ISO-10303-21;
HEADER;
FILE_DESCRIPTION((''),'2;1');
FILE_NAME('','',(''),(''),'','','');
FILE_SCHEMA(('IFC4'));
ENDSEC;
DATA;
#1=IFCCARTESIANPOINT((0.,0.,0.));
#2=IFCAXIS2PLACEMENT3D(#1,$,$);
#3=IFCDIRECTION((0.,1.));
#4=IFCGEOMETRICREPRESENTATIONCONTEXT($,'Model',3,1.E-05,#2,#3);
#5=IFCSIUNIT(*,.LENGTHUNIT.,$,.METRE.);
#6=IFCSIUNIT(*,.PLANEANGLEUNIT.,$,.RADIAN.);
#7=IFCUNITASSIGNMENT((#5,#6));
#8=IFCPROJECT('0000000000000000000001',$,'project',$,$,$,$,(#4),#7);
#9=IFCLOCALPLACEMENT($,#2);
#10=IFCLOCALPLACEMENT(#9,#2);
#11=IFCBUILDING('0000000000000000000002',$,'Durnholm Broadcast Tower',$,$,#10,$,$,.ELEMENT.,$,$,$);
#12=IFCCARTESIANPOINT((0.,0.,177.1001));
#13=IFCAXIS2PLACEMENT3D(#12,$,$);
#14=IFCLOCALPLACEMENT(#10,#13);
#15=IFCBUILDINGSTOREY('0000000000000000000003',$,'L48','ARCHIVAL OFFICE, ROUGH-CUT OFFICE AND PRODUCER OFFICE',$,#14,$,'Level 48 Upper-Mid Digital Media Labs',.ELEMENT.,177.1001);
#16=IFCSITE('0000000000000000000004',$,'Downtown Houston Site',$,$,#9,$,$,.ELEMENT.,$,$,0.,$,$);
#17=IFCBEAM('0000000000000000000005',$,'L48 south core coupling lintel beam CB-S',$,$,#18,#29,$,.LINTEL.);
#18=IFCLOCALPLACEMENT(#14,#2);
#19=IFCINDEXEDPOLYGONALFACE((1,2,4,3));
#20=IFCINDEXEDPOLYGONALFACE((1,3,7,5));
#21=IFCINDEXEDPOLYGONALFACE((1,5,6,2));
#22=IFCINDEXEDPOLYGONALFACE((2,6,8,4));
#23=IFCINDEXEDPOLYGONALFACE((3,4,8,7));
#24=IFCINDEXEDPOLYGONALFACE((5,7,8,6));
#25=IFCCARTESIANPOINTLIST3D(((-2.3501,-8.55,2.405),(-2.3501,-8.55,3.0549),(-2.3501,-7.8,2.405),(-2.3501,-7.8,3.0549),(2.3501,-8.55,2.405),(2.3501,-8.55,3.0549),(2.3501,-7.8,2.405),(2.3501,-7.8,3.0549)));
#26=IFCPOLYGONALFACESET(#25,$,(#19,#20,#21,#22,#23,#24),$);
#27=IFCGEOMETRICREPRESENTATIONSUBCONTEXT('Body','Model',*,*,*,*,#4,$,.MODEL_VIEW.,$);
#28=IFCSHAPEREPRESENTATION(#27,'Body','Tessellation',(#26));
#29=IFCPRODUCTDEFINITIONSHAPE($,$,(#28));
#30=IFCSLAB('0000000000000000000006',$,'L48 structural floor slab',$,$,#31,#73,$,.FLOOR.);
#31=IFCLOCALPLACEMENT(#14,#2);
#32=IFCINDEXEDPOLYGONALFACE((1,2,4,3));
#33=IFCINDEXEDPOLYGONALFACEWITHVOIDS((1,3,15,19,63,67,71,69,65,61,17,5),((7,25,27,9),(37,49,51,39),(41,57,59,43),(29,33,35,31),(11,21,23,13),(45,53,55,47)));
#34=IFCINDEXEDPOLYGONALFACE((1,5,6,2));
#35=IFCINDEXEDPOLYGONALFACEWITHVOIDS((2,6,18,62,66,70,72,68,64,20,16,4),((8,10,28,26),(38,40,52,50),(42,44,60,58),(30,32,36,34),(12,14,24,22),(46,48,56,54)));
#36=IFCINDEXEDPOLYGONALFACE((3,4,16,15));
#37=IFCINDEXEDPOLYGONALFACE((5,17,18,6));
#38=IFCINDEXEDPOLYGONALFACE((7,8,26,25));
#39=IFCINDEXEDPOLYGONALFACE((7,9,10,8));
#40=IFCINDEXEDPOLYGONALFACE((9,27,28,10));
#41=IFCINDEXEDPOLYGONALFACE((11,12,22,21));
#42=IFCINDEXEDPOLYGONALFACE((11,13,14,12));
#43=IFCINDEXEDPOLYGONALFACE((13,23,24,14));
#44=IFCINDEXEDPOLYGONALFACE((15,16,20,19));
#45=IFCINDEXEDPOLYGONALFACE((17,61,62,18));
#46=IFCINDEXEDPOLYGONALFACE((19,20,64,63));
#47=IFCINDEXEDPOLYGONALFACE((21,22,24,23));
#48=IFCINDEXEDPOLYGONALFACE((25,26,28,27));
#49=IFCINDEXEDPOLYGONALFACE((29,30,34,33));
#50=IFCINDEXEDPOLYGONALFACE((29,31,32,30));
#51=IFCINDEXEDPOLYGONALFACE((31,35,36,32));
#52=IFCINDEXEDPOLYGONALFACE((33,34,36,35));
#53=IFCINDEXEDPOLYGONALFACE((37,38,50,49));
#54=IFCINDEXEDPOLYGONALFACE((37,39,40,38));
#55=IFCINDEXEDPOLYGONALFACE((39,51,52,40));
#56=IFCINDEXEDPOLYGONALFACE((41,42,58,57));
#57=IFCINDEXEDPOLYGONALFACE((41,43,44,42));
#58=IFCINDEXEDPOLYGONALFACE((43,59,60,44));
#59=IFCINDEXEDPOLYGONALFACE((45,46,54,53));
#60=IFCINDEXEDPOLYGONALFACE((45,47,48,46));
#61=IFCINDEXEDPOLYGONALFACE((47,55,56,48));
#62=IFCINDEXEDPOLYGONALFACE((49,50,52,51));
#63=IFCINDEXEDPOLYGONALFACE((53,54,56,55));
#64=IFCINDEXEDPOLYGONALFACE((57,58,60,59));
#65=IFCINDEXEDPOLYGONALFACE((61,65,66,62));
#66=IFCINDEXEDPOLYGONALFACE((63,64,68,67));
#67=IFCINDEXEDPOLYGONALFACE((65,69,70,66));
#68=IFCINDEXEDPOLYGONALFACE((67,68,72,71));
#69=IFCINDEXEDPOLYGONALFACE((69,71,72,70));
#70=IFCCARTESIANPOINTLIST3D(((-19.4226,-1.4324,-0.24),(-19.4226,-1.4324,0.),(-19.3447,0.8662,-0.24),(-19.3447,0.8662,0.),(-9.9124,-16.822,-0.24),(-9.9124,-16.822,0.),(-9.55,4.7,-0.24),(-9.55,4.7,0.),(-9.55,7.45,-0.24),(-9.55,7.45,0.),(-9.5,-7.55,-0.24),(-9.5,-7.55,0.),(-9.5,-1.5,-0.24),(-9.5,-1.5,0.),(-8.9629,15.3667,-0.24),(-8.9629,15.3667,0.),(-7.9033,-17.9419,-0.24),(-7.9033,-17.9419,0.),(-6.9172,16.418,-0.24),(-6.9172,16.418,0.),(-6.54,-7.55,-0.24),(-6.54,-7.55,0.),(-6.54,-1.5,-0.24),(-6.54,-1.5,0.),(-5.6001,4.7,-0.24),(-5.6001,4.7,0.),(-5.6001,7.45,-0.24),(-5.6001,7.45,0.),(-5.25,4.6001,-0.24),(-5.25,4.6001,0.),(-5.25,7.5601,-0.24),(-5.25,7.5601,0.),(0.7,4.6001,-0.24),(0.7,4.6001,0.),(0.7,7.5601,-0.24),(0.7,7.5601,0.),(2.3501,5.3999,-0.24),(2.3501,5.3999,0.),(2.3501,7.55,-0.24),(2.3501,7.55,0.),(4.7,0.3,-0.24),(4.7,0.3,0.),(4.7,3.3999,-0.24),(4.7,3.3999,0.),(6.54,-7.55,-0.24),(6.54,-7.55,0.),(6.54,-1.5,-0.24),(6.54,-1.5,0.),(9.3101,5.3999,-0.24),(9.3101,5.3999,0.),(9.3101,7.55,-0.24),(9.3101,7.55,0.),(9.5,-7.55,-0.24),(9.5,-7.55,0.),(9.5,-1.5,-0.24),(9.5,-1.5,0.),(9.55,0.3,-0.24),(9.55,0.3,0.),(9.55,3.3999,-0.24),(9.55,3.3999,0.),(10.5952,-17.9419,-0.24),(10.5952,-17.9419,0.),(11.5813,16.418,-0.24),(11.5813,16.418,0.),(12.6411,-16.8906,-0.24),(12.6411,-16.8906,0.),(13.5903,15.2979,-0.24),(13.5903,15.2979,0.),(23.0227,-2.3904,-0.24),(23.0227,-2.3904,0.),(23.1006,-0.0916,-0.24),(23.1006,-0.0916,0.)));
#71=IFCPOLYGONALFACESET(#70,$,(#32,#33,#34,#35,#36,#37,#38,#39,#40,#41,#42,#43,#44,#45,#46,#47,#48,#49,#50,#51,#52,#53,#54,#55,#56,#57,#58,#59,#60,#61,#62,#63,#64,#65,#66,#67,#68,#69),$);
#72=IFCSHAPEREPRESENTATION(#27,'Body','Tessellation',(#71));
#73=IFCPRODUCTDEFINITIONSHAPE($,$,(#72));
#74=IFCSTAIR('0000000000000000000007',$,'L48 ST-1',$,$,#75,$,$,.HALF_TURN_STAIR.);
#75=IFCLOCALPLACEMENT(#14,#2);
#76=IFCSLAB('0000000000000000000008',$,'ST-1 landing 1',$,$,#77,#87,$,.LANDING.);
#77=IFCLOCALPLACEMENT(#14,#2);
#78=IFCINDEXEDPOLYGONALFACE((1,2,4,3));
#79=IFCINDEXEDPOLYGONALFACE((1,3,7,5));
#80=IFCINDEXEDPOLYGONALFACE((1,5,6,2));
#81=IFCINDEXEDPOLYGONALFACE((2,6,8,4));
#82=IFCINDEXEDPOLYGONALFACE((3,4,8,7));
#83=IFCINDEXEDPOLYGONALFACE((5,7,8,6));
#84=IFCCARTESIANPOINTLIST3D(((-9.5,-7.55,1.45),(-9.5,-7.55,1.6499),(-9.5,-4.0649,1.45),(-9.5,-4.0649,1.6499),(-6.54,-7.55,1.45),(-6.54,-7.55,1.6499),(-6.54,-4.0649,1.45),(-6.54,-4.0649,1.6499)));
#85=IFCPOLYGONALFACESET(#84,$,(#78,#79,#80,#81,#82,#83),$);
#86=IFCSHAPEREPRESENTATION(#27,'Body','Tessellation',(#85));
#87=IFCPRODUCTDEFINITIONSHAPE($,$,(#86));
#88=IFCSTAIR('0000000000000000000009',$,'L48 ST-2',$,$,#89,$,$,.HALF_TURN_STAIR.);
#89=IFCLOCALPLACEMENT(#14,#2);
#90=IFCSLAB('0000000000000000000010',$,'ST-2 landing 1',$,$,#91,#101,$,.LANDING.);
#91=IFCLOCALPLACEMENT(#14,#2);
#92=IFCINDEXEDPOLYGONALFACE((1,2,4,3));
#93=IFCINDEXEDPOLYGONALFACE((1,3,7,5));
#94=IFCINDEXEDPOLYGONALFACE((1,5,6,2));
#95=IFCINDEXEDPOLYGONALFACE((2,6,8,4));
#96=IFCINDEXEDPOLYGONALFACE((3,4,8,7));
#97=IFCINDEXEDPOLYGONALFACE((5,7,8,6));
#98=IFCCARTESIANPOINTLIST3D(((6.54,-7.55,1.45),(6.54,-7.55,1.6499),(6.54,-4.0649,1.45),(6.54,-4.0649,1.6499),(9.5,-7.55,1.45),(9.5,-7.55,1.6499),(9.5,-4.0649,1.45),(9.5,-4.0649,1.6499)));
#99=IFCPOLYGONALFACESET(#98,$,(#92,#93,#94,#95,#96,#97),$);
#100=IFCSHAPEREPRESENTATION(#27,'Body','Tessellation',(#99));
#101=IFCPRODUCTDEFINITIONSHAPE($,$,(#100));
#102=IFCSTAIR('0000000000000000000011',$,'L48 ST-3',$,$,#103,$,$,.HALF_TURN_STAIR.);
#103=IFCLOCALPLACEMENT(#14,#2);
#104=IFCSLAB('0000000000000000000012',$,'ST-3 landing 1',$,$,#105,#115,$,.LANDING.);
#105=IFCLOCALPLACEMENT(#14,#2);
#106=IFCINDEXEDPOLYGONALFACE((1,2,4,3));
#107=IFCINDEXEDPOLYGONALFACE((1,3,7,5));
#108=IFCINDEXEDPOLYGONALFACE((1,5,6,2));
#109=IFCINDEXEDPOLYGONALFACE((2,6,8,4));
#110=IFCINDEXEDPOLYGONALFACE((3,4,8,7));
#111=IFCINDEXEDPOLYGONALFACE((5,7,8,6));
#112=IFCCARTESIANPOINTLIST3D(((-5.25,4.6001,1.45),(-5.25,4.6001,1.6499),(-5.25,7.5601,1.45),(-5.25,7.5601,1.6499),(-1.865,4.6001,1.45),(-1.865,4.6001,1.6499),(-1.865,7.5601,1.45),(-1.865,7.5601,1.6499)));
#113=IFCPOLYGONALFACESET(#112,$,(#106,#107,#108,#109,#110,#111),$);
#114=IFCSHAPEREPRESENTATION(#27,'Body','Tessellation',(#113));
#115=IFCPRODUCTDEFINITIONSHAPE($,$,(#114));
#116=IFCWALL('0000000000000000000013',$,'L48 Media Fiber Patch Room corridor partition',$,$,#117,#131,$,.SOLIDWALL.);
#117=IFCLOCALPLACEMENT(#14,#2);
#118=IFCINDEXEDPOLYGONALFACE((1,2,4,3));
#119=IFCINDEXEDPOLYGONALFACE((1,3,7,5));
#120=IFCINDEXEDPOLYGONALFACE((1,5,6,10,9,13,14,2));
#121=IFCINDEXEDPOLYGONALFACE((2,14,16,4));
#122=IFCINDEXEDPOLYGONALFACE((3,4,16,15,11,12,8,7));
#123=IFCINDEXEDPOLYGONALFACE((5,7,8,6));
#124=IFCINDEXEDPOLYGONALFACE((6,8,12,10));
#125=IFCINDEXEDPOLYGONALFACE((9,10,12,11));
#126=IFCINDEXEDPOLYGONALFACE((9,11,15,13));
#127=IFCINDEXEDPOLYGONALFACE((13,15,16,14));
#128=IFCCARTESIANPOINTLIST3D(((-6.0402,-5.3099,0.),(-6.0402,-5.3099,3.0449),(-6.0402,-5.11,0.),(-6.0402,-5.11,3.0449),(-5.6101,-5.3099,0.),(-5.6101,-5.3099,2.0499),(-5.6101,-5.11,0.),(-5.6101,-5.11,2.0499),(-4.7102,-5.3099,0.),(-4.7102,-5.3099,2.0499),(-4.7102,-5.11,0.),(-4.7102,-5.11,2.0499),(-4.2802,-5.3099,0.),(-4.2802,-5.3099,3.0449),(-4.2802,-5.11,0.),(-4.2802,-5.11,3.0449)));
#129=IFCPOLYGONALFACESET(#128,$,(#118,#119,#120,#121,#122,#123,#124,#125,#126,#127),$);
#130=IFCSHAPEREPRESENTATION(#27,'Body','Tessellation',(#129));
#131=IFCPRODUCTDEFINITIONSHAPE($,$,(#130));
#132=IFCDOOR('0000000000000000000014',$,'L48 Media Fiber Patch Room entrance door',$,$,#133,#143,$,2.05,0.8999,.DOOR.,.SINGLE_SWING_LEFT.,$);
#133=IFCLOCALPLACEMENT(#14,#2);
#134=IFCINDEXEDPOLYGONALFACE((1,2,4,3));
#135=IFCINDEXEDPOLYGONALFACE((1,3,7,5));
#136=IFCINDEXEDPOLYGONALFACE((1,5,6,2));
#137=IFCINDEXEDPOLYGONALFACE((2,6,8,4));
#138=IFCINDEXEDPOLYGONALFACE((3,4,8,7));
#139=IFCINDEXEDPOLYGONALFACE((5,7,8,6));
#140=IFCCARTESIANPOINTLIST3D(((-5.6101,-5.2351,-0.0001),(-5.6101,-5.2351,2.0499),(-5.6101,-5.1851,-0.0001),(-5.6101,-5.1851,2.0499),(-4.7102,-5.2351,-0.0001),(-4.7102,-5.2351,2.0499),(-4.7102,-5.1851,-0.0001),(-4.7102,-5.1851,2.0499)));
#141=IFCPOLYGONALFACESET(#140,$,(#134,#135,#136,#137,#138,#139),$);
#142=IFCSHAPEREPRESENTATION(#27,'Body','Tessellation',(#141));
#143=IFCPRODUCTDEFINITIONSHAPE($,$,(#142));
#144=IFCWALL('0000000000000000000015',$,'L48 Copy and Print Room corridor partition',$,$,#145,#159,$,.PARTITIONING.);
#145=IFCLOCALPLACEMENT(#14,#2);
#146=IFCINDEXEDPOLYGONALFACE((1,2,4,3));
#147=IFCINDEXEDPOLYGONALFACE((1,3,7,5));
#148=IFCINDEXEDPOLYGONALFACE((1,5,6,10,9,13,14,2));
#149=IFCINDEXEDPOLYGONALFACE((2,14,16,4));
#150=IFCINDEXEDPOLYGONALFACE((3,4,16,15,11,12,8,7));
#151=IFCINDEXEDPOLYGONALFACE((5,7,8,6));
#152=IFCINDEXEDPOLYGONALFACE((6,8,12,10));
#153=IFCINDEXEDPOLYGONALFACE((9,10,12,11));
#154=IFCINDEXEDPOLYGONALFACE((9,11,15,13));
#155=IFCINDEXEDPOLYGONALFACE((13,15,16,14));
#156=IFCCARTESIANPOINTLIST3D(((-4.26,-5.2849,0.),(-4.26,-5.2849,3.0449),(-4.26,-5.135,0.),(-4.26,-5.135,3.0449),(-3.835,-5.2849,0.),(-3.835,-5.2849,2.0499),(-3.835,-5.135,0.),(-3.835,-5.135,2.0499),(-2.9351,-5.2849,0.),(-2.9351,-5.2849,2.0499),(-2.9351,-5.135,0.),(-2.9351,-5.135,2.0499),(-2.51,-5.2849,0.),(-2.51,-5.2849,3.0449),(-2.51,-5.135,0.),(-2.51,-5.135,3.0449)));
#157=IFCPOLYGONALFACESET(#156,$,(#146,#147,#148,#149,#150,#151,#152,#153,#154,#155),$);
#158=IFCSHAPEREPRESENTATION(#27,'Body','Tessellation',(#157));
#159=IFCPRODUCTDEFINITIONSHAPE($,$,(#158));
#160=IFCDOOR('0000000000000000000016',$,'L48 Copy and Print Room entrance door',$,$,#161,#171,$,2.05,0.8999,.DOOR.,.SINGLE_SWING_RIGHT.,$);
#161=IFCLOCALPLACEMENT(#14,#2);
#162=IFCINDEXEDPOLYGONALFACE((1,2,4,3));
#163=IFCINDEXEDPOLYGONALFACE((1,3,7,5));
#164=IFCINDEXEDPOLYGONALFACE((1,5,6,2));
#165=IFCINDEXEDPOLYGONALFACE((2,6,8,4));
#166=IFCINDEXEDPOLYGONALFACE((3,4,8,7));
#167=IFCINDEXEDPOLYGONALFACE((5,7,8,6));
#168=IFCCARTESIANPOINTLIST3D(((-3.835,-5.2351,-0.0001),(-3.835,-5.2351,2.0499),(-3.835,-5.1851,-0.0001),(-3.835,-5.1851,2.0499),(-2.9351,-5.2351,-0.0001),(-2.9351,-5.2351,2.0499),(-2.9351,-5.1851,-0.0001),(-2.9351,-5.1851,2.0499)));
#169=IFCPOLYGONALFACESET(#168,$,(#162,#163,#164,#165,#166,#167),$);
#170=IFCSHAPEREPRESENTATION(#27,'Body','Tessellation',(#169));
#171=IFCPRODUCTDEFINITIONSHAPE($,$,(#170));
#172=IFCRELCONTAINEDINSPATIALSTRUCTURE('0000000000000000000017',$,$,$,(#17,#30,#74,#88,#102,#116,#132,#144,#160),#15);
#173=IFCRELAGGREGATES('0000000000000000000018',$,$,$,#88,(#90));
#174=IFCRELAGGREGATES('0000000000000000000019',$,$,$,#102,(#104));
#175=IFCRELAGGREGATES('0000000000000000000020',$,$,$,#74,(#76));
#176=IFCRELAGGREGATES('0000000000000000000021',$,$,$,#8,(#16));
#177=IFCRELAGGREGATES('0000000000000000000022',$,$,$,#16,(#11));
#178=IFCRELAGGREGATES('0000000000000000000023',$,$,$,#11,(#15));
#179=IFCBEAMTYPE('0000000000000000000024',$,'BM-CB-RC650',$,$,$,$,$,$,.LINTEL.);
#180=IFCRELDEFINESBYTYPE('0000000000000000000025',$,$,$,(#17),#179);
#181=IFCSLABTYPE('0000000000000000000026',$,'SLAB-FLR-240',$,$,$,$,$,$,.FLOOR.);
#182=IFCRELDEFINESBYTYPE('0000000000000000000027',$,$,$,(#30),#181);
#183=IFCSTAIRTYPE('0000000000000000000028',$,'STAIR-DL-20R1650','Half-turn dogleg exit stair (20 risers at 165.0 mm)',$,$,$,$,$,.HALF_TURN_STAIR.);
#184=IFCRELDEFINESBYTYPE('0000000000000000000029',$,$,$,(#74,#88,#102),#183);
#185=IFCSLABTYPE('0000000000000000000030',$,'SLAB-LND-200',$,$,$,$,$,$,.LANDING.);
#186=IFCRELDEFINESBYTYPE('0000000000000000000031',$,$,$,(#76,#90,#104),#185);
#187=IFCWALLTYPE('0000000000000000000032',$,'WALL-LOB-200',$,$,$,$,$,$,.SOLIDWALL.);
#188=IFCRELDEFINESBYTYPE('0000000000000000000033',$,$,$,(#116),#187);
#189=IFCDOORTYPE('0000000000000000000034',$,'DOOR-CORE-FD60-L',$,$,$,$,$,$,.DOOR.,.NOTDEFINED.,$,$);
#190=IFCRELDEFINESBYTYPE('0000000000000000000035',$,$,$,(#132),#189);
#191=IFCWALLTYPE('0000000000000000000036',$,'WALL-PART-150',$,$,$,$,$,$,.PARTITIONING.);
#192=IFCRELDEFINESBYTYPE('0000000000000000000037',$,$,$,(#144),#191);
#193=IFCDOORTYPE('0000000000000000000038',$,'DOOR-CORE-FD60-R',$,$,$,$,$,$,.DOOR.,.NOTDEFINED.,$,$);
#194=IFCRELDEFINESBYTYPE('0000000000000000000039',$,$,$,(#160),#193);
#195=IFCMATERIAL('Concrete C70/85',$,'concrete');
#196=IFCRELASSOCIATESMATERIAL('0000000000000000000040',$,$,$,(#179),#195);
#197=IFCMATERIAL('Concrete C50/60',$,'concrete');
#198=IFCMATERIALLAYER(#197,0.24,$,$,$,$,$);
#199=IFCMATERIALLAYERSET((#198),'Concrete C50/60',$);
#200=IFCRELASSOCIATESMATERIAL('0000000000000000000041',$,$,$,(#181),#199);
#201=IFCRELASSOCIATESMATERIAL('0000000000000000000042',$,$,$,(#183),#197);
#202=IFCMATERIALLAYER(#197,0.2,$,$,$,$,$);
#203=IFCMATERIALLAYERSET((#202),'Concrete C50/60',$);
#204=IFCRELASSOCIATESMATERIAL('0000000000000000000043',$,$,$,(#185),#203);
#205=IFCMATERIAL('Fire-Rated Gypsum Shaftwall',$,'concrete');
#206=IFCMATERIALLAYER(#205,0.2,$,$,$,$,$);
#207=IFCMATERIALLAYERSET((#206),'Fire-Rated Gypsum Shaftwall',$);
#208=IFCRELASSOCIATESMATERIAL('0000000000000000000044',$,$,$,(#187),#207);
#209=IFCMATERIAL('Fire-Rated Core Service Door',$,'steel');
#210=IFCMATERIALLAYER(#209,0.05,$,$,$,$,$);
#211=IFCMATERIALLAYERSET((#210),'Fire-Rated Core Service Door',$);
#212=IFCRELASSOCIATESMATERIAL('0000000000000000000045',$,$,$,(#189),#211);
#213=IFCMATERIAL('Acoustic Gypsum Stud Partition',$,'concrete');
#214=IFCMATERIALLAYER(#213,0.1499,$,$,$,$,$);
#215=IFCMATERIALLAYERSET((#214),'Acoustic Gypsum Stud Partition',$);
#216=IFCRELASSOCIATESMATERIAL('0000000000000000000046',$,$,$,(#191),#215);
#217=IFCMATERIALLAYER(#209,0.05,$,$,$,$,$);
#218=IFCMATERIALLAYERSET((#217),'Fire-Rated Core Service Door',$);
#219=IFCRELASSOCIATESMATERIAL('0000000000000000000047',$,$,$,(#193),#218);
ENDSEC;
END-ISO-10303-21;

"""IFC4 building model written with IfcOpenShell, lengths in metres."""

from ifc_helpers import new_model, si_unit, direction, frame, frame_2d, origin, origin_2d, place, context, subcontext, project, spatial, polyline, rectangle, outline, extrude, source, transform, mapped, material, layer, layer_set, material_profile, profile_set, type_object, type_shapes, element, fill, aggregate, save


model = new_model("IFC4")

# Units and contexts
model_context = context("Model", 3, precision=1e-05, world=origin(), true_north=direction((0.0, 1.0)))
body_context = subcontext(model_context, "Body", "Model", "MODEL_VIEW")
ifc_project = project(units=[si_unit("LENGTHUNIT", "METRE"), si_unit("PLANEANGLEUNIT", "RADIAN")], contexts=[model_context])

# Site, building, storey
site_placement = place(None, origin())
site = spatial("IfcSite", under=ifc_project, at=site_placement, Name="Downtown Houston Site", CompositionType="ELEMENT", RefElevation=0.0)
building_placement = place(site_placement, origin())
building = spatial("IfcBuilding", under=site, at=building_placement, Name="Durnholm Broadcast Tower", CompositionType="ELEMENT")
storey_placement = place(building_placement, frame((0.0, 0.0, 177.1001)))
storey = spatial("IfcBuildingStorey", under=building, at=storey_placement, Name="L48", Description="ARCHIVAL OFFICE, ROUGH-CUT OFFICE AND PRODUCER OFFICE", LongName="Level 48 Upper-Mid Digital Media Labs", CompositionType="ELEMENT", Elevation=177.1001)

# Beam
ifc_material_1 = material(Name="Concrete C70/85", Category="concrete")
ifc_material_profile = material_profile(ifc_material_1, rectangle(XDim=0.75, YDim=0.6499, at=origin_2d()), Name="RC750X650")
ifc_profile_set = profile_set([ifc_material_profile], Name="Concrete C70/85")
beam_type = type_object("IfcBeamType", Name="BM-CB-RC650", PredefinedType="LINTEL", material=ifc_profile_set)
shared_shape_1 = source(origin(), body_context, "Body", "SweptSolid", [
    extrude(rectangle(XDim=0.75, YDim=0.6499, at=origin_2d()), origin(), (0.0, 0.0, 1.0), 4.7002),
])
type_shapes(beam_type, [shared_shape_1])
beam_placement = place(storey_placement, frame((-2.3501, -8.175, 2.73), z_axis=(1.0, 0.0, 0.0), x_axis=(0.0, 1.0, 0.0)))
element("IfcBeam", 1, at=beam_placement, inside=storey, type_object=beam_type, Name="L48 south core coupling lintel beam CB-S", PredefinedType="LINTEL", context=body_context, shape_type="MappedRepresentation", body=[
    mapped(shared_shape_1, transform((0.0, 0.0, 0.0), x_axis=(1.0, 0.0, 0.0), y_axis=(0.0, 1.0, 0.0), z_axis=(0.0, 0.0, 1.0), scale=1.0)),
])

# Slab
ifc_material_2 = material(Name="Concrete C50/60", Category="concrete")
ifc_layer_1 = layer(ifc_material_2, 0.24)
ifc_layer_set_1 = layer_set([ifc_layer_1], Name="Concrete C50/60")
slab_type_1 = type_object("IfcSlabType", Name="SLAB-FLR-240", PredefinedType="FLOOR", material=ifc_layer_set_1)
slab_1_placement = place(storey_placement, frame((0.0, 0.0, -0.24)))
element("IfcSlab", 2, at=slab_1_placement, inside=storey, type_object=slab_type_1, Name="L48 structural floor slab", PredefinedType="FLOOR", context=body_context, shape_type="SweptSolid", body=[
    extrude(outline(polyline([(-9.9124, -16.822), (-7.9033, -17.9419), (10.5952, -17.9419), (12.6411, -16.8906), (23.0227, -2.3904), (23.1006, -0.0916), (13.5903, 15.2979), (11.5813, 16.418), (-6.9172, 16.418), (-8.9629, 15.3667), (-19.3447, 0.8662), (-19.4226, -1.4324), (-9.9124, -16.822)]), holes=[polyline([(-6.54, -1.5), (-9.5, -1.5), (-9.5, -7.55), (-6.54, -7.55), (-6.54, -1.5)]), polyline([(9.5, -7.55), (9.5, -1.5), (6.54, -1.5), (6.54, -7.55), (9.5, -7.55)]), polyline([(9.55, 3.3999), (4.7, 3.3999), (4.7, 0.3), (9.55, 0.3), (9.55, 3.3999)]), polyline([(-9.55, 7.45), (-9.55, 4.7), (-5.6001, 4.7), (-5.6001, 7.45), (-9.55, 7.45)]), polyline([(-5.25, 4.6001), (0.7, 4.6001), (0.7, 7.5601), (-5.25, 7.5601), (-5.25, 4.6001)]), polyline([(9.3101, 7.55), (2.3501, 7.55), (2.3501, 5.3999), (9.3101, 5.3999), (9.3101, 7.55)])]), origin(), (0.0, 0.0, 1.0), 0.24),
])

# Stairs, slabs
stair_type = type_object("IfcStairType", Name="STAIR-DL-20R1650", Description="Half-turn dogleg exit stair (20 risers at 165.0 mm)", PredefinedType="HALF_TURN_STAIR", material=ifc_material_2)
stair_1_placement = place(storey_placement, origin())
stair_1 = element("IfcStair", 3, at=stair_1_placement, inside=storey, type_object=stair_type, Name="L48 ST-1", PredefinedType="HALF_TURN_STAIR")
ifc_layer_2 = layer(ifc_material_2, 0.2)
ifc_layer_set_2 = layer_set([ifc_layer_2], Name="Concrete C50/60")
slab_type_2 = type_object("IfcSlabType", Name="SLAB-LND-200", PredefinedType="LANDING", material=ifc_layer_set_2)
slab_2_placement = place(storey_placement, frame((0.0, 0.0, 1.45)))
slab_2 = element("IfcSlab", 4, at=slab_2_placement, type_object=slab_type_2, Name="ST-1 landing 1", PredefinedType="LANDING", context=body_context, shape_type="SweptSolid", body=[
    extrude(outline(polyline([(-9.5, -4.0649), (-9.5, -7.55), (-6.54, -7.55), (-6.54, -4.0649), (-9.5, -4.0649)])), origin(), (0.0, 0.0, 1.0), 0.2),
])
stair_2_placement = place(storey_placement, origin())
stair_2 = element("IfcStair", 5, at=stair_2_placement, inside=storey, type_object=stair_type, Name="L48 ST-2", PredefinedType="HALF_TURN_STAIR")
slab_3_placement = place(storey_placement, frame((0.0, 0.0, 1.45)))
slab_3 = element("IfcSlab", 6, at=slab_3_placement, type_object=slab_type_2, Name="ST-2 landing 1", PredefinedType="LANDING", context=body_context, shape_type="SweptSolid", body=[
    extrude(outline(polyline([(6.54, -4.0649), (6.54, -7.55), (9.5, -7.55), (9.5, -4.0649), (6.54, -4.0649)])), origin(), (0.0, 0.0, 1.0), 0.2),
])
aggregate(stair_2, [slab_3])
stair_3_placement = place(storey_placement, origin())
stair_3 = element("IfcStair", 7, at=stair_3_placement, inside=storey, type_object=stair_type, Name="L48 ST-3", PredefinedType="HALF_TURN_STAIR")
slab_4_placement = place(storey_placement, frame((0.0, 0.0, 1.45)))
slab_4 = element("IfcSlab", 8, at=slab_4_placement, type_object=slab_type_2, Name="ST-3 landing 1", PredefinedType="LANDING", context=body_context, shape_type="SweptSolid", body=[
    extrude(outline(polyline([(-1.865, 7.5601), (-5.25, 7.5601), (-5.25, 4.6001), (-1.865, 4.6001), (-1.865, 7.5601)])), origin(), (0.0, 0.0, 1.0), 0.2),
])
aggregate(stair_3, [slab_4])

# Walls, openings, doors
ifc_material_3 = material(Name="Fire-Rated Gypsum Shaftwall", Category="concrete")
ifc_layer_3 = layer(ifc_material_3, 0.2)
ifc_layer_set_3 = layer_set([ifc_layer_3], Name="Fire-Rated Gypsum Shaftwall")
wall_type_1 = type_object("IfcWallType", Name="WALL-LOB-200", PredefinedType="SOLIDWALL", material=ifc_layer_set_3)
wall_1_placement = place(storey_placement, frame((-6.04, -5.21, 0.0), z_axis=(0.0, 0.0, 1.0), x_axis=(1.0, 0.0, 0.0)))
wall_1 = element("IfcWall", 9, at=wall_1_placement, inside=storey, type_object=wall_type_1, Name="L48 Media Fiber Patch Room corridor partition", PredefinedType="SOLIDWALL", context=body_context, shape_type="SweptSolid", body=[
    extrude(rectangle(XDim=1.76, YDim=0.2, at=frame_2d((0.8799, 0.0))), origin(), (0.0, 0.0, 1.0), 3.0449),
])
opening_1_placement = place(wall_1_placement, frame((0.4299, 0.0, 0.0)))
opening_1 = element("IfcOpeningElement", 10, at=opening_1_placement, cuts=wall_1, PredefinedType="OPENING", context=body_context, shape_type="SweptSolid", body=[
    extrude(rectangle(XDim=0.8999, YDim=2.05, at=frame_2d((0.45, 1.0249))), frame((0.0, 0.1099, 0.0), z_axis=(0.0, -1.0, 0.0), x_axis=(1.0, 0.0, 0.0)), (0.0, 0.0, 1.0), 0.22),
])
ifc_material_4 = material(Name="Fire-Rated Core Service Door", Category="steel")
ifc_layer_4 = layer(ifc_material_4, 0.05)
ifc_layer_set_4 = layer_set([ifc_layer_4], Name="Fire-Rated Core Service Door")
door_type_1 = type_object("IfcDoorType", Name="DOOR-CORE-FD60-L", OperationType="NOTDEFINED", PredefinedType="DOOR", material=ifc_layer_set_4)
shared_shape_2 = source(origin(), body_context, "Body", "SweptSolid", [
    extrude(rectangle(XDim=0.8999, YDim=2.05, at=frame_2d((0.45, 1.0249))), frame((0.0, 0.0249, 0.0), z_axis=(0.0, -1.0, 0.0), x_axis=(1.0, 0.0, 0.0)), (0.0, 0.0, 1.0), 0.05),
])
type_shapes(door_type_1, [shared_shape_2])
door_1_placement = place(opening_1_placement, origin())
door_1 = element("IfcDoor", 11, at=door_1_placement, inside=storey, type_object=door_type_1, Name="L48 Media Fiber Patch Room entrance door", OperationType="SINGLE_SWING_LEFT", OverallHeight=2.05, OverallWidth=0.8999, PredefinedType="DOOR", context=body_context, shape_type="MappedRepresentation", body=[
    mapped(shared_shape_2, transform((0.0, 0.0, 0.0), x_axis=(1.0, 0.0, 0.0), y_axis=(0.0, 1.0, 0.0), z_axis=(0.0, 0.0, 1.0), scale=1.0)),
])
fill(opening_1, door_1)
ifc_material_5 = material(Name="Acoustic Gypsum Stud Partition", Category="concrete")
ifc_layer_5 = layer(ifc_material_5, 0.1499)
ifc_layer_set_5 = layer_set([ifc_layer_5], Name="Acoustic Gypsum Stud Partition")
wall_type_2 = type_object("IfcWallType", Name="WALL-PART-150", PredefinedType="PARTITIONING", material=ifc_layer_set_5)
wall_2_placement = place(storey_placement, frame((-4.26, -5.21, 0.0), z_axis=(0.0, 0.0, 1.0), x_axis=(1.0, 0.0, 0.0)))
wall_2 = element("IfcWall", 12, at=wall_2_placement, inside=storey, type_object=wall_type_2, Name="L48 Copy and Print Room corridor partition", PredefinedType="PARTITIONING", context=body_context, shape_type="SweptSolid", body=[
    extrude(rectangle(XDim=1.75, YDim=0.1499, at=frame_2d((0.875, 0.0))), origin(), (0.0, 0.0, 1.0), 3.0449),
])
opening_2_placement = place(wall_2_placement, frame((0.425, 0.0, 0.0)))
opening_2 = element("IfcOpeningElement", 13, at=opening_2_placement, cuts=wall_2, PredefinedType="OPENING", context=body_context, shape_type="SweptSolid", body=[
    extrude(rectangle(XDim=0.8999, YDim=2.05, at=frame_2d((0.45, 1.0249))), frame((0.0, 0.085, 0.0), z_axis=(0.0, -1.0, 0.0), x_axis=(1.0, 0.0, 0.0)), (0.0, 0.0, 1.0), 0.1699),
])
ifc_layer_6 = layer(ifc_material_4, 0.05)
ifc_layer_set_6 = layer_set([ifc_layer_6], Name="Fire-Rated Core Service Door")
door_type_2 = type_object("IfcDoorType", Name="DOOR-CORE-FD60-R", OperationType="NOTDEFINED", PredefinedType="DOOR", material=ifc_layer_set_6)
shared_shape_3 = source(origin(), body_context, "Body", "SweptSolid", [
    extrude(rectangle(XDim=0.8999, YDim=2.05, at=frame_2d((0.45, 1.0249))), frame((0.0, 0.0249, 0.0), z_axis=(0.0, -1.0, 0.0), x_axis=(1.0, 0.0, 0.0)), (0.0, 0.0, 1.0), 0.05),
])
type_shapes(door_type_2, [shared_shape_3])
door_2_placement = place(opening_2_placement, origin())
door_2 = element("IfcDoor", 14, at=door_2_placement, inside=storey, type_object=door_type_2, Name="L48 Copy and Print Room entrance door", OperationType="SINGLE_SWING_RIGHT", OverallHeight=2.05, OverallWidth=0.8999, PredefinedType="DOOR", context=body_context, shape_type="MappedRepresentation", body=[
    mapped(shared_shape_3, transform((0.0, 0.0, 0.0), x_axis=(1.0, 0.0, 0.0), y_axis=(0.0, 1.0, 0.0), z_axis=(0.0, 0.0, 1.0), scale=1.0)),
])
fill(opening_2, door_2)

aggregate(stair_1, [slab_2])

save(model, "model.ifc")
